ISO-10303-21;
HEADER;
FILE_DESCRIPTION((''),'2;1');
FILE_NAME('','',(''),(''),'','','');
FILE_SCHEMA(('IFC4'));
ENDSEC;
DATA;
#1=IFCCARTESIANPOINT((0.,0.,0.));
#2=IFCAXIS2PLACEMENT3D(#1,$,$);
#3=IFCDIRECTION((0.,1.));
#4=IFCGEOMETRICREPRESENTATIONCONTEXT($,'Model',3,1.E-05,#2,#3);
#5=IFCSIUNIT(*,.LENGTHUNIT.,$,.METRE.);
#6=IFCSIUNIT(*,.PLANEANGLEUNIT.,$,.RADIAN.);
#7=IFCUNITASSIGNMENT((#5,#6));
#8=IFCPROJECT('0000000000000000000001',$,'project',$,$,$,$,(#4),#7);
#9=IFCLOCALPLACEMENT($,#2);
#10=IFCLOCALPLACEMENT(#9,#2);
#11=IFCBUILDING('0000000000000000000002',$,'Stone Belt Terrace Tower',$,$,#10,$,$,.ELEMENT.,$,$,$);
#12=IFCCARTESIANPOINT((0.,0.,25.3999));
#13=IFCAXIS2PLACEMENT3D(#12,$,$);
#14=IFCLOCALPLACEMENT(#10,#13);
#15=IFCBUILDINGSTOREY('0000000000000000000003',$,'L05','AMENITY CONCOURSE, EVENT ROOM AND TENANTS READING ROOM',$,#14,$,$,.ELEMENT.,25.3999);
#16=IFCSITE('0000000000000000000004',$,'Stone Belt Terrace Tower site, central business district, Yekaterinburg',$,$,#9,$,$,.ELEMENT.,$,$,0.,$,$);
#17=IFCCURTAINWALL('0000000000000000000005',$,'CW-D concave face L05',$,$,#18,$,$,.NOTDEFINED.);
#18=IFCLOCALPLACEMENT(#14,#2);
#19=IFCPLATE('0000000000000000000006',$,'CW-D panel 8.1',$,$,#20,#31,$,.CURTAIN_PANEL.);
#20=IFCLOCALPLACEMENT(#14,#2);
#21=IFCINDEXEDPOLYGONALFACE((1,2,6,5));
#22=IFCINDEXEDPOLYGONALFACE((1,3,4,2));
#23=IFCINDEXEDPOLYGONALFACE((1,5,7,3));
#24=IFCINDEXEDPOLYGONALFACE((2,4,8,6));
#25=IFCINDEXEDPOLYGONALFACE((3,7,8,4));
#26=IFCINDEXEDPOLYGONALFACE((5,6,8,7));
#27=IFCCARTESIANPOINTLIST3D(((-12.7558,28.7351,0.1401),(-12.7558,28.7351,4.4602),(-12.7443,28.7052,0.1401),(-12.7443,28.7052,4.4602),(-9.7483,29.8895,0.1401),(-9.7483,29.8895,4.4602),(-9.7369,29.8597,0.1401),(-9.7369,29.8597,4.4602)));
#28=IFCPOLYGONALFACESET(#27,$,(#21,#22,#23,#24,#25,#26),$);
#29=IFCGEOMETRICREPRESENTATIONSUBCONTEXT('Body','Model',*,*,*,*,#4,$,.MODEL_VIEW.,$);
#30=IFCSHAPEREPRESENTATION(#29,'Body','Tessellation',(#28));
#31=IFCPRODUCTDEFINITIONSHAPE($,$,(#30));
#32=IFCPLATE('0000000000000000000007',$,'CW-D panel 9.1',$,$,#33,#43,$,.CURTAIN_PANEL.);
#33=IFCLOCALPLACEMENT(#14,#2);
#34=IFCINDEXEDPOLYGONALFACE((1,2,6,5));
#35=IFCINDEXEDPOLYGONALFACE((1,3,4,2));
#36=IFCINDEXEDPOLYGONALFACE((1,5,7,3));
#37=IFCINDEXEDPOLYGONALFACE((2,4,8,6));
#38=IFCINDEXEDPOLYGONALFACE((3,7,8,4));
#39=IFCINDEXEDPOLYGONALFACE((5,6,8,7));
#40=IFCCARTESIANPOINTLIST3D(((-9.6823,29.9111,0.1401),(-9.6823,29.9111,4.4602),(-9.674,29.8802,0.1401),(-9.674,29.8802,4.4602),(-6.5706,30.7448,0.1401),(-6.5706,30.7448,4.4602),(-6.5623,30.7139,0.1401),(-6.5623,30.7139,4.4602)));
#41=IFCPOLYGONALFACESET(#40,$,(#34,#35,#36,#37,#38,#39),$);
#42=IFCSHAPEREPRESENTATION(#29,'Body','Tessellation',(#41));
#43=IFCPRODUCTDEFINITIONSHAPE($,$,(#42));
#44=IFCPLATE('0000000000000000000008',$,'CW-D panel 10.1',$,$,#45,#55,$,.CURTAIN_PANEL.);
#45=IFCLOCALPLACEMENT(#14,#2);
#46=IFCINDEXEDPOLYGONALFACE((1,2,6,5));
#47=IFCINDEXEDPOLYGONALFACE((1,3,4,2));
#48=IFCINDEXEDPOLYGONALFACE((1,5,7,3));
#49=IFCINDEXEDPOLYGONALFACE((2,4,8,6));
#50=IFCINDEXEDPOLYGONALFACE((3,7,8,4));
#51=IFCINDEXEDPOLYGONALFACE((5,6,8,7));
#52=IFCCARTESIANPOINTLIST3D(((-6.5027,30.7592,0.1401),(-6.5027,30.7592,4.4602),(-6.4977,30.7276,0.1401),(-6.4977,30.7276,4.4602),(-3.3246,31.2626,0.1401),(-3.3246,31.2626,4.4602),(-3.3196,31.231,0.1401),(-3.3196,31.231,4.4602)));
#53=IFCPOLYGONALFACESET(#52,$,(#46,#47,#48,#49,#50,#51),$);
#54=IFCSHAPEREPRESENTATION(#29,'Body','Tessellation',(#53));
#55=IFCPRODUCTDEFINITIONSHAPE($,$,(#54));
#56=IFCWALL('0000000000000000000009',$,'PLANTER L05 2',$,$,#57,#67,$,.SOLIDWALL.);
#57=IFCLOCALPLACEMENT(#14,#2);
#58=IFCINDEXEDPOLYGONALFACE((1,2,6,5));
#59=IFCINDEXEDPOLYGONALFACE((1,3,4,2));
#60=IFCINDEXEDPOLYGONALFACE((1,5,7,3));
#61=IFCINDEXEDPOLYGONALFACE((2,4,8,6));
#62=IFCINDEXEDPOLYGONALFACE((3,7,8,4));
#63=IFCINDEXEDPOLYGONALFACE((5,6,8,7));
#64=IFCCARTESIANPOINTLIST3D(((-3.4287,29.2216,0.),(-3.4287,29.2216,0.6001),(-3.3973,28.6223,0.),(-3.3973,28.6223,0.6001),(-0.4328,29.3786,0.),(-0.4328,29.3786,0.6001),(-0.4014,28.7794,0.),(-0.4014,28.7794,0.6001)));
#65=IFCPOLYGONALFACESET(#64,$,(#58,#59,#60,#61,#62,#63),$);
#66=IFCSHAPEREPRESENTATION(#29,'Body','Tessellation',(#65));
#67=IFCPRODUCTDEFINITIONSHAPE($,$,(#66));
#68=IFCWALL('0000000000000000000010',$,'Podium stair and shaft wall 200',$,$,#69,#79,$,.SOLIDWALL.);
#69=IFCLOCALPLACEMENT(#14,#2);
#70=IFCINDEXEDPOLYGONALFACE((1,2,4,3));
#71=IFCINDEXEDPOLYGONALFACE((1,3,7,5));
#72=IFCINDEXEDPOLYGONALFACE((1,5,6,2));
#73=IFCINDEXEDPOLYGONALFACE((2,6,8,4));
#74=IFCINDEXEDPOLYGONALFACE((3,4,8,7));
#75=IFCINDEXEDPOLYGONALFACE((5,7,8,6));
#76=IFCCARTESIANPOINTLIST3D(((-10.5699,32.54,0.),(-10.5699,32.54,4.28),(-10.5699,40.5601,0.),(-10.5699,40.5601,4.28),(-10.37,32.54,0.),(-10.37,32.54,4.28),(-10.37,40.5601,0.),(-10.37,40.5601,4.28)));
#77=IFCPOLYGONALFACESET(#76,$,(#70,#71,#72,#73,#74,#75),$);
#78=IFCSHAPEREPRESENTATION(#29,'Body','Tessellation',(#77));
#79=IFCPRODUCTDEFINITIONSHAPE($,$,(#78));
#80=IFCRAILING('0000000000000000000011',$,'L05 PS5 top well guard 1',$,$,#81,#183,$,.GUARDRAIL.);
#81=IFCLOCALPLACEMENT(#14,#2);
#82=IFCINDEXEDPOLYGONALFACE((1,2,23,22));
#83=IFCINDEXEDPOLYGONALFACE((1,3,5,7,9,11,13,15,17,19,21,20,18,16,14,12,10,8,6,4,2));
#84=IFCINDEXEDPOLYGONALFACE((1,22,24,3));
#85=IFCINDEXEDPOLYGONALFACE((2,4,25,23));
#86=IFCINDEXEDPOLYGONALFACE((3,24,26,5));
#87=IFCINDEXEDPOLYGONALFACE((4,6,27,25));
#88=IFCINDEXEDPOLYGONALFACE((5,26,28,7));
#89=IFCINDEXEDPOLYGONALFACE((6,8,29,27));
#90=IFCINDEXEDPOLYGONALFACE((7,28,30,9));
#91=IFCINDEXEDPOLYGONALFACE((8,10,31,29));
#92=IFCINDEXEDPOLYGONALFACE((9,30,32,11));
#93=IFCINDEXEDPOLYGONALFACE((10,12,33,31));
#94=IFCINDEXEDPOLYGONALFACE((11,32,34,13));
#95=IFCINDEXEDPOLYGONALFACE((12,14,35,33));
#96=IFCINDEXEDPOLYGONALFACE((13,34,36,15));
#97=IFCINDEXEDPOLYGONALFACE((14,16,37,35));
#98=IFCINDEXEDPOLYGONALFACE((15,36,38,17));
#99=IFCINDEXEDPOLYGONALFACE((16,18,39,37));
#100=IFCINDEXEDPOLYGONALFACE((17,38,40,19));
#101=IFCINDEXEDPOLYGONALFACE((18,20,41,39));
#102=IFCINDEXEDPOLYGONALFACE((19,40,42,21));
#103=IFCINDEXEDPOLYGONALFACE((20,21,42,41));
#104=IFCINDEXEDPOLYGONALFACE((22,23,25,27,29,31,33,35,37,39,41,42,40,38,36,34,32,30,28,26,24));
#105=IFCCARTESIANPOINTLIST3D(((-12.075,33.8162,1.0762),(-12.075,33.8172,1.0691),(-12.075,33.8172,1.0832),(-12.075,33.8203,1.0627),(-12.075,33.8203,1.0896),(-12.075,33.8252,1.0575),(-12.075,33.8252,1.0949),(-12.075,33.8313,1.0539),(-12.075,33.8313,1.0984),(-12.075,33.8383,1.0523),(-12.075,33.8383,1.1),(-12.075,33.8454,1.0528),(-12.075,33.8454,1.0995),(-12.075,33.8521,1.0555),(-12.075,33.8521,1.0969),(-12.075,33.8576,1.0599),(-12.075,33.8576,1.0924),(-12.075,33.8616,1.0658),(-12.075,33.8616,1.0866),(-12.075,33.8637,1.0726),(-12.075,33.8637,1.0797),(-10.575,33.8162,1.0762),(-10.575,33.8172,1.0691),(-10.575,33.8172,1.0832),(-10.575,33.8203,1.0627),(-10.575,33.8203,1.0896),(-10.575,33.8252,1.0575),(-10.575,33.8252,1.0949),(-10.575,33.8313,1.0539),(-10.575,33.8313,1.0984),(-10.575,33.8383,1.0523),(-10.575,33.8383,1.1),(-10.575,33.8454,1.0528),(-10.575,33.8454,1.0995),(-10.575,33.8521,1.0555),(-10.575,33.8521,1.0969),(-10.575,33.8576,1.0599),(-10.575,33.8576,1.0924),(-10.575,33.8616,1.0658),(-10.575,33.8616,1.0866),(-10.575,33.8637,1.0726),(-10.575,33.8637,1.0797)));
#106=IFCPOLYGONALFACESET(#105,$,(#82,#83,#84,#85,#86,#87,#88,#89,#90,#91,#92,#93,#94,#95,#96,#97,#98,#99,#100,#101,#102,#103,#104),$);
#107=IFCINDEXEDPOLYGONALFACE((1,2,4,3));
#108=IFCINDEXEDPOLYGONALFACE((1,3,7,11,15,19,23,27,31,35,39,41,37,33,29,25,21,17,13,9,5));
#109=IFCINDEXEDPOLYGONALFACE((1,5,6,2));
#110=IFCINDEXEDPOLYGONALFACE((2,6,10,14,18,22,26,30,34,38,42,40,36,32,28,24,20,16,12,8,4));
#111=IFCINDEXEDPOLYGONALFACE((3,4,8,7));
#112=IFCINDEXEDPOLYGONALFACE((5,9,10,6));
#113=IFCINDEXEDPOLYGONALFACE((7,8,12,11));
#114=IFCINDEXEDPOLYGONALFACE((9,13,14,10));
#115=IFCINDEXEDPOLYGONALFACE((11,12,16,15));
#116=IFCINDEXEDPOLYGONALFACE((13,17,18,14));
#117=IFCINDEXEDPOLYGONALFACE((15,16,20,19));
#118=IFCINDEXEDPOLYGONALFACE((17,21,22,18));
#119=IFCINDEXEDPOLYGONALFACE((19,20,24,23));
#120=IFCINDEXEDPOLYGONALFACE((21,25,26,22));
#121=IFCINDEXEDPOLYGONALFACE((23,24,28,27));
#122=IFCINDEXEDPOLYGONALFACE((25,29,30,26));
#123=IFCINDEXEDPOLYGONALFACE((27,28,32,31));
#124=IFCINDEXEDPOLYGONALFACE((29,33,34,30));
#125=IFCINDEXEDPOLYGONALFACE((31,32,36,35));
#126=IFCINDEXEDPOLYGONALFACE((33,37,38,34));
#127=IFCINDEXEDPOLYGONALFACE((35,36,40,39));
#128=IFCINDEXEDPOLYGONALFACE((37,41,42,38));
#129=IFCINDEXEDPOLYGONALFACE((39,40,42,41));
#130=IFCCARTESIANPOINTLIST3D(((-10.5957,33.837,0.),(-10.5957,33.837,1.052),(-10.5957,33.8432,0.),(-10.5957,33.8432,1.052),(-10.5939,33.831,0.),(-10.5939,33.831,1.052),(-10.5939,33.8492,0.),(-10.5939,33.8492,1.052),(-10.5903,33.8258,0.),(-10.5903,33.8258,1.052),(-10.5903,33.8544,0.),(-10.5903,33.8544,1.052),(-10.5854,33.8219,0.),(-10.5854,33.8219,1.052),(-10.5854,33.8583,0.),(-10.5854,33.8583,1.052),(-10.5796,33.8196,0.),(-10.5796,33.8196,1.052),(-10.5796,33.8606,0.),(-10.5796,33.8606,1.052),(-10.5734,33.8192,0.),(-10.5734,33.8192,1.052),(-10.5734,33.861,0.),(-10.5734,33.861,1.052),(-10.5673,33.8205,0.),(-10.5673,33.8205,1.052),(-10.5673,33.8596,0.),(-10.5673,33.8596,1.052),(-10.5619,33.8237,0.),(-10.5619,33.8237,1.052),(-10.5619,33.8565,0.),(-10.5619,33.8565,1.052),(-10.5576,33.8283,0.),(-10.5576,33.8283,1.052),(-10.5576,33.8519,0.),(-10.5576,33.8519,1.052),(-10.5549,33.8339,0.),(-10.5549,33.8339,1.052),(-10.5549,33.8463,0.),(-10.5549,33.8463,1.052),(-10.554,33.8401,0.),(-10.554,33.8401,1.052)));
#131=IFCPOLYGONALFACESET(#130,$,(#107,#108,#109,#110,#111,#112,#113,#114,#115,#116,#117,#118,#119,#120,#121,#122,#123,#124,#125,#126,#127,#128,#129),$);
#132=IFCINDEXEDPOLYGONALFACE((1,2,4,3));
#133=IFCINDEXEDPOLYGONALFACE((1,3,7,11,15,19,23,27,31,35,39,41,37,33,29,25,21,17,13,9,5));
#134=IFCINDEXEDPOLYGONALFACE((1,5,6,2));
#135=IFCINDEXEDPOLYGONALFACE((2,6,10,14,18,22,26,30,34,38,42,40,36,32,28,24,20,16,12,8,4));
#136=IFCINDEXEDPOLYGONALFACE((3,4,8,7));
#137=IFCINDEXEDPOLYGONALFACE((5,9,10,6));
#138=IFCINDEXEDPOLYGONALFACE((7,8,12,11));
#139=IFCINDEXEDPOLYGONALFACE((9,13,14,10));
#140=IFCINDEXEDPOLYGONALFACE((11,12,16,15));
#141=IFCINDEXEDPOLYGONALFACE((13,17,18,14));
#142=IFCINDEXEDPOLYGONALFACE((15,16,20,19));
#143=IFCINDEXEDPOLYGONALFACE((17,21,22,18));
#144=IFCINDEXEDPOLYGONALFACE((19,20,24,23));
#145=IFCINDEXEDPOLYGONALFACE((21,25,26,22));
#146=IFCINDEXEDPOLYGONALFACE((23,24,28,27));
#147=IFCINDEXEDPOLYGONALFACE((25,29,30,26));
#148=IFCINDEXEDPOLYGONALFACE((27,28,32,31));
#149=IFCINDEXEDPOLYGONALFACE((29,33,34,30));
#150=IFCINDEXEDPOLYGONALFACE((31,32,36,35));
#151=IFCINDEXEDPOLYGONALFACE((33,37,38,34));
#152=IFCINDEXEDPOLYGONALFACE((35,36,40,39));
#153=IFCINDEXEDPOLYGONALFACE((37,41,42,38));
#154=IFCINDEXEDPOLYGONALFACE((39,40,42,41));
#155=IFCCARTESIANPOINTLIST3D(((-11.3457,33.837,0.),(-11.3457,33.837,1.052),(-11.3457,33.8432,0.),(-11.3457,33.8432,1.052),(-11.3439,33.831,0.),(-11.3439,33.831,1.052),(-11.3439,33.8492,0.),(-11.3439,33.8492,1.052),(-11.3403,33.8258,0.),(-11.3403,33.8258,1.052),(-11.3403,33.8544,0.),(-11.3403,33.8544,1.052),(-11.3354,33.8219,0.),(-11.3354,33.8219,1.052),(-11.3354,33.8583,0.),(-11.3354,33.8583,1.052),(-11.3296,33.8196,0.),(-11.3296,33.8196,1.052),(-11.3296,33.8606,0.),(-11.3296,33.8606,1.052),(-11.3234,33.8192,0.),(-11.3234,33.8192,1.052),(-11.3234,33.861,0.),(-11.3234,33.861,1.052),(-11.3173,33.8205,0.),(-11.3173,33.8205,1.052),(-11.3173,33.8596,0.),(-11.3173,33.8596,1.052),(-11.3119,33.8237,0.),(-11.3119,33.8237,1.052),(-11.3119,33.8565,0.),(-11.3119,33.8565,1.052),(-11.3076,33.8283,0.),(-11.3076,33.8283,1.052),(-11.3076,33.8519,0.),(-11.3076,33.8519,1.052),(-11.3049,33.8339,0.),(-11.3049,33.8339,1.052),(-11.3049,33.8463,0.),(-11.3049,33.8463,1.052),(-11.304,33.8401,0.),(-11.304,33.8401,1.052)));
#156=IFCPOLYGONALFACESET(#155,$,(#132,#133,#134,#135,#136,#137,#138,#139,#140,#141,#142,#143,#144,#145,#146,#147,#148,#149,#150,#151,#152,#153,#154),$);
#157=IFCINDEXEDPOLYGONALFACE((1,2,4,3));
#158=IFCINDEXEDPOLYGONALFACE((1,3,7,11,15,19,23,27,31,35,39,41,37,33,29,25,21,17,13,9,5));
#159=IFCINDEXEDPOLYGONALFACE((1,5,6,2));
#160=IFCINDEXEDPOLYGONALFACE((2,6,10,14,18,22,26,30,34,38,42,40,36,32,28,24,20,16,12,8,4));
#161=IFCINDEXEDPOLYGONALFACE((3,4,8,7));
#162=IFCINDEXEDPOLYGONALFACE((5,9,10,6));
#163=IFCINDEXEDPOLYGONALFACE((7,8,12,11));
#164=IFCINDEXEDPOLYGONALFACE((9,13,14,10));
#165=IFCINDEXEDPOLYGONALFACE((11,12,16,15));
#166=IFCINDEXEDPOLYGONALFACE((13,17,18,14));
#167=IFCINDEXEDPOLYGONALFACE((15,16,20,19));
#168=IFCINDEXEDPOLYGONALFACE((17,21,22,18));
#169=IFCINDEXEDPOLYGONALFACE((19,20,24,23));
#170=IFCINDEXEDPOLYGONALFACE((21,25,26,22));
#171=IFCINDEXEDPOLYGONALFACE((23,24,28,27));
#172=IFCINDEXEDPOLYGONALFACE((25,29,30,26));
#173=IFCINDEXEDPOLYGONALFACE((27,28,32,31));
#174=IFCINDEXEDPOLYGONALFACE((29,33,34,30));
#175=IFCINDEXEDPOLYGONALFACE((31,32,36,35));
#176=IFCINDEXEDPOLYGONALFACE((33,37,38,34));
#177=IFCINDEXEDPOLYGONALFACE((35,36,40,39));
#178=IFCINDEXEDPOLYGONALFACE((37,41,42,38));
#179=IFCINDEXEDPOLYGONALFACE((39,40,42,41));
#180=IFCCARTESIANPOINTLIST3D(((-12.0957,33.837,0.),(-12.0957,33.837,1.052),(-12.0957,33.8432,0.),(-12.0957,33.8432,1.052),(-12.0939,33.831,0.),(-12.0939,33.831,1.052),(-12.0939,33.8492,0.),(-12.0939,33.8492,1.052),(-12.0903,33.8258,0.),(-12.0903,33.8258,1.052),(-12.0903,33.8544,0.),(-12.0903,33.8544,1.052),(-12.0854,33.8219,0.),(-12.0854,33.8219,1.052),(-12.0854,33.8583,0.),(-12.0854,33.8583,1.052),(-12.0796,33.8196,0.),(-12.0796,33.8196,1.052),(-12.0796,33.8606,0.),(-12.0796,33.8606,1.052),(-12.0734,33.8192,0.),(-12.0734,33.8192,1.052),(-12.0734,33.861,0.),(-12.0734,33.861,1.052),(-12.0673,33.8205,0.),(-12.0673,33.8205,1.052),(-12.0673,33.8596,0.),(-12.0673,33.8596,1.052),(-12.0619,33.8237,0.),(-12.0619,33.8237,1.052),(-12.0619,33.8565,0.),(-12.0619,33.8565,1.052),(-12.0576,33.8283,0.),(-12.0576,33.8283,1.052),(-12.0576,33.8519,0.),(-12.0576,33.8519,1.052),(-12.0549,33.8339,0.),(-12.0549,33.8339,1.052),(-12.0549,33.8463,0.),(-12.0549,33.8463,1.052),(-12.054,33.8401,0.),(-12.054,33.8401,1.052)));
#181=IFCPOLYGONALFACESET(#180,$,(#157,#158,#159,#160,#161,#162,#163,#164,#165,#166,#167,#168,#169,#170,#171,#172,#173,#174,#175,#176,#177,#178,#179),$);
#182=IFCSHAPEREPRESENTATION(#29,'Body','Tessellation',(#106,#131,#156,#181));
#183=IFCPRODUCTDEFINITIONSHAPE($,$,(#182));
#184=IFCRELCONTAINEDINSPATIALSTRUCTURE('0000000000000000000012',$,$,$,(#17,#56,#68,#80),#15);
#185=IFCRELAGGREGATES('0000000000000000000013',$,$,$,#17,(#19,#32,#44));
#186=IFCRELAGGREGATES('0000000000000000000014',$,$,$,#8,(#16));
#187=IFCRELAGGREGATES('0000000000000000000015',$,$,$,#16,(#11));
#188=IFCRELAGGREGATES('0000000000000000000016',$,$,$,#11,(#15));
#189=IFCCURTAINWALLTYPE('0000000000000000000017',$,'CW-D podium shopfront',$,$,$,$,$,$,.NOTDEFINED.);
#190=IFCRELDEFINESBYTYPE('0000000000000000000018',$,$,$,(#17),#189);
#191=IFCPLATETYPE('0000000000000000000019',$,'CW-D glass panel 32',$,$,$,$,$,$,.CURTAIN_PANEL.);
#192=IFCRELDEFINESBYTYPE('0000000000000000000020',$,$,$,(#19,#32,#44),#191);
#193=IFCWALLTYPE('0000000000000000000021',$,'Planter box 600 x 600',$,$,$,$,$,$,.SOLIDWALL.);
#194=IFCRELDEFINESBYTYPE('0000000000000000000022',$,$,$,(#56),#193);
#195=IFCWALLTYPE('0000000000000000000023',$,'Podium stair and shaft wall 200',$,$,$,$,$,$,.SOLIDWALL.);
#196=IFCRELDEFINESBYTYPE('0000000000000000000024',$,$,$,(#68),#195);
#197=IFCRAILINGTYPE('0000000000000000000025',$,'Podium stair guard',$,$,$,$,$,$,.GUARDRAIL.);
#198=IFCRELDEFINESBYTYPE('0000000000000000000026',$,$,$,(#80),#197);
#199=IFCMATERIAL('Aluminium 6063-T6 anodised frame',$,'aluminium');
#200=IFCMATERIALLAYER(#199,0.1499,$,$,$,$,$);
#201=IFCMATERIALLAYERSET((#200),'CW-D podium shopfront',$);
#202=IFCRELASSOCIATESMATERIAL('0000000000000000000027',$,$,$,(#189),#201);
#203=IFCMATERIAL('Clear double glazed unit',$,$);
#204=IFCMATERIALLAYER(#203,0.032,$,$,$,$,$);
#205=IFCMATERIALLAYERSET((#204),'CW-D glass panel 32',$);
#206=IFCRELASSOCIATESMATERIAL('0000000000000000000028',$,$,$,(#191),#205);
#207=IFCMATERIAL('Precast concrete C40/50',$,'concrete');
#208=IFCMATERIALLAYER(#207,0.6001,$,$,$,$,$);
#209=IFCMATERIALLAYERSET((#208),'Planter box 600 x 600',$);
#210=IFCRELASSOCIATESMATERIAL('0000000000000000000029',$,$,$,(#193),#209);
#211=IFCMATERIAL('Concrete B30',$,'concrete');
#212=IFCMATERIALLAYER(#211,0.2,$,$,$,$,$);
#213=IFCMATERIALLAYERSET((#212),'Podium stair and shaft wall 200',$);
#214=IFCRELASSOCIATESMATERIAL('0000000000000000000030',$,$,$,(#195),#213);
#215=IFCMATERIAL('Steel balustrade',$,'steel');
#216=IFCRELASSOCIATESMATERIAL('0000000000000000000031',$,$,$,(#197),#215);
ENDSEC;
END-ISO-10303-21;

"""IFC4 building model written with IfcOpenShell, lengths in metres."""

from ifc_helpers import new_model, si_unit, direction, frame, frame_2d, origin, origin_2d, place, context, subcontext, project, spatial, rectangle, circle, extrude, material, layer, layer_set, type_object, element, aggregate, save


model = new_model("IFC4")

# Units and contexts
model_context = context("Model", 3, precision=1e-05, world=origin(), true_north=direction((0.0, 1.0)))
body_context = subcontext(model_context, "Body", "Model", "MODEL_VIEW")
ifc_project = project(units=[si_unit("LENGTHUNIT", "METRE"), si_unit("PLANEANGLEUNIT", "RADIAN")], contexts=[model_context])

# Site, building, storey
site_placement = place(None, origin())
site = spatial("IfcSite", under=ifc_project, at=site_placement, Name="Stone Belt Terrace Tower site, central business district, Yekaterinburg", CompositionType="ELEMENT", RefElevation=0.0)
building_placement = place(site_placement, origin())
building = spatial("IfcBuilding", under=site, at=building_placement, Name="Stone Belt Terrace Tower", CompositionType="ELEMENT")
storey_placement = place(building_placement, frame((0.0, 0.0, 25.3999)))
storey = spatial("IfcBuildingStorey", under=building, at=storey_placement, Name="L05", Description="AMENITY CONCOURSE, EVENT ROOM AND TENANTS READING ROOM", CompositionType="ELEMENT", Elevation=25.3999)

# Curtain wall, plates
ifc_material_1 = material(Name="Aluminium 6063-T6 anodised frame", Category="aluminium")
ifc_layer_1 = layer(ifc_material_1, 0.1499)
ifc_layer_set_1 = layer_set([ifc_layer_1], Name="CW-D podium shopfront")
curtain_wall_type = type_object("IfcCurtainWallType", Name="CW-D podium shopfront", PredefinedType="NOTDEFINED", material=ifc_layer_set_1)
curtain_wall_placement = place(storey_placement, origin())
curtain_wall = element("IfcCurtainWall", 1, at=curtain_wall_placement, inside=storey, type_object=curtain_wall_type, Name="CW-D concave face L05", PredefinedType="NOTDEFINED")
ifc_material_2 = material(Name="Clear double glazed unit")
ifc_layer_2 = layer(ifc_material_2, 0.032)
ifc_layer_set_2 = layer_set([ifc_layer_2], Name="CW-D glass panel 32")
plate_type = type_object("IfcPlateType", Name="CW-D glass panel 32", PredefinedType="CURTAIN_PANEL", material=ifc_layer_set_2)
plate_1_placement = place(storey_placement, frame((-11.2463, 29.2974, 0.1401), z_axis=(0.0, 0.0, 1.0), x_axis=(0.93358, 0.358368, 0.0)))
plate_1 = element("IfcPlate", 2, at=plate_1_placement, type_object=plate_type, Name="CW-D panel 8.1", PredefinedType="CURTAIN_PANEL", context=body_context, shape_type="SweptSolid", body=[
    extrude(rectangle(XDim=3.2214, YDim=0.032, at=origin_2d()), origin(), (0.0, 0.0, 1.0), 4.3201),
])
plate_2_placement = place(storey_placement, frame((-8.1223, 30.3125, 0.1401), z_axis=(0.0, 0.0, 1.0), x_axis=(0.965926, 0.258819, 0.0)))
plate_2 = element("IfcPlate", 3, at=plate_2_placement, type_object=plate_type, Name="CW-D panel 9.1", PredefinedType="CURTAIN_PANEL", context=body_context, shape_type="SweptSolid", body=[
    extrude(rectangle(XDim=3.2214, YDim=0.032, at=origin_2d()), origin(), (0.0, 0.0, 1.0), 4.3201),
])
plate_3_placement = place(storey_placement, frame((-4.9111, 30.9951, 0.1401), z_axis=(0.0, 0.0, 1.0), x_axis=(0.987688, 0.156434, 0.0)))
plate_3 = element("IfcPlate", 4, at=plate_3_placement, type_object=plate_type, Name="CW-D panel 10.1", PredefinedType="CURTAIN_PANEL", context=body_context, shape_type="SweptSolid", body=[
    extrude(rectangle(XDim=3.2178, YDim=0.032, at=origin_2d()), origin(), (0.0, 0.0, 1.0), 4.3201),
])
aggregate(curtain_wall, [plate_1, plate_2, plate_3])

# Walls
ifc_material_3 = material(Name="Precast concrete C40/50", Category="concrete")
ifc_layer_3 = layer(ifc_material_3, 0.6001)
ifc_layer_set_3 = layer_set([ifc_layer_3], Name="Planter box 600 x 600")
wall_type_1 = type_object("IfcWallType", Name="Planter box 600 x 600", PredefinedType="SOLIDWALL", material=ifc_layer_set_3)
wall_1_placement = place(storey_placement, frame((-1.915, 29.0005, 0.0), z_axis=(0.0, 0.0, 1.0), x_axis=(0.99863, 0.052336, 0.0)))
element("IfcWall", 5, at=wall_1_placement, inside=storey, type_object=wall_type_1, Name="PLANTER L05 2", PredefinedType="SOLIDWALL", context=body_context, shape_type="SweptSolid", body=[
    extrude(rectangle(XDim=3.0, YDim=0.6001, at=origin_2d()), origin(), (0.0, 0.0, 1.0), 0.6001),
])
ifc_material_4 = material(Name="Concrete B30", Category="concrete")
ifc_layer_4 = layer(ifc_material_4, 0.2)
ifc_layer_set_4 = layer_set([ifc_layer_4], Name="Podium stair and shaft wall 200")
wall_type_2 = type_object("IfcWallType", Name="Podium stair and shaft wall 200", PredefinedType="SOLIDWALL", material=ifc_layer_set_4)
wall_2_placement = place(storey_placement, frame((-10.47, 32.54, 0.0), z_axis=(0.0, 0.0, 1.0), x_axis=(0.0, 1.0, 0.0)))
element("IfcWall", 6, at=wall_2_placement, inside=storey, type_object=wall_type_2, Name="Podium stair and shaft wall 200", PredefinedType="SOLIDWALL", context=body_context, shape_type="SweptSolid", body=[
    extrude(rectangle(XDim=8.02, YDim=0.2, at=frame_2d((4.01, 0.0))), origin(), (0.0, 0.0, 1.0), 4.28),
])

# Railing
ifc_material_5 = material(Name="Steel balustrade", Category="steel")
railing_type = type_object("IfcRailingType", Name="Podium stair guard", PredefinedType="GUARDRAIL", material=ifc_material_5)
railing_placement = place(storey_placement, frame((-10.575, 33.8401, 0.0)))
element("IfcRailing", 7, at=railing_placement, inside=storey, type_object=railing_type, Name="L05 PS5 top well guard 1", PredefinedType="GUARDRAIL", context=body_context, shape_type="SweptSolid", body=[
    extrude(circle(Radius=0.0239, at=origin_2d()), frame((0.0, 0.0, 1.0762), z_axis=(-1.0, 0.0, 0.0), x_axis=(0.0, -1.0, 0.0)), (0.0, 0.0, 1.0), 1.5),
    extrude(circle(Radius=0.021, at=origin_2d()), origin(), (0.0, 0.0, 1.0), 1.052),
    extrude(circle(Radius=0.021, at=origin_2d()), frame((-0.75, 0.0, 0.0)), (0.0, 0.0, 1.0), 1.052),
    extrude(circle(Radius=0.021, at=origin_2d()), frame((-1.5, 0.0, 0.0)), (0.0, 0.0, 1.0), 1.052),
])

save(model, "model.ifc")
